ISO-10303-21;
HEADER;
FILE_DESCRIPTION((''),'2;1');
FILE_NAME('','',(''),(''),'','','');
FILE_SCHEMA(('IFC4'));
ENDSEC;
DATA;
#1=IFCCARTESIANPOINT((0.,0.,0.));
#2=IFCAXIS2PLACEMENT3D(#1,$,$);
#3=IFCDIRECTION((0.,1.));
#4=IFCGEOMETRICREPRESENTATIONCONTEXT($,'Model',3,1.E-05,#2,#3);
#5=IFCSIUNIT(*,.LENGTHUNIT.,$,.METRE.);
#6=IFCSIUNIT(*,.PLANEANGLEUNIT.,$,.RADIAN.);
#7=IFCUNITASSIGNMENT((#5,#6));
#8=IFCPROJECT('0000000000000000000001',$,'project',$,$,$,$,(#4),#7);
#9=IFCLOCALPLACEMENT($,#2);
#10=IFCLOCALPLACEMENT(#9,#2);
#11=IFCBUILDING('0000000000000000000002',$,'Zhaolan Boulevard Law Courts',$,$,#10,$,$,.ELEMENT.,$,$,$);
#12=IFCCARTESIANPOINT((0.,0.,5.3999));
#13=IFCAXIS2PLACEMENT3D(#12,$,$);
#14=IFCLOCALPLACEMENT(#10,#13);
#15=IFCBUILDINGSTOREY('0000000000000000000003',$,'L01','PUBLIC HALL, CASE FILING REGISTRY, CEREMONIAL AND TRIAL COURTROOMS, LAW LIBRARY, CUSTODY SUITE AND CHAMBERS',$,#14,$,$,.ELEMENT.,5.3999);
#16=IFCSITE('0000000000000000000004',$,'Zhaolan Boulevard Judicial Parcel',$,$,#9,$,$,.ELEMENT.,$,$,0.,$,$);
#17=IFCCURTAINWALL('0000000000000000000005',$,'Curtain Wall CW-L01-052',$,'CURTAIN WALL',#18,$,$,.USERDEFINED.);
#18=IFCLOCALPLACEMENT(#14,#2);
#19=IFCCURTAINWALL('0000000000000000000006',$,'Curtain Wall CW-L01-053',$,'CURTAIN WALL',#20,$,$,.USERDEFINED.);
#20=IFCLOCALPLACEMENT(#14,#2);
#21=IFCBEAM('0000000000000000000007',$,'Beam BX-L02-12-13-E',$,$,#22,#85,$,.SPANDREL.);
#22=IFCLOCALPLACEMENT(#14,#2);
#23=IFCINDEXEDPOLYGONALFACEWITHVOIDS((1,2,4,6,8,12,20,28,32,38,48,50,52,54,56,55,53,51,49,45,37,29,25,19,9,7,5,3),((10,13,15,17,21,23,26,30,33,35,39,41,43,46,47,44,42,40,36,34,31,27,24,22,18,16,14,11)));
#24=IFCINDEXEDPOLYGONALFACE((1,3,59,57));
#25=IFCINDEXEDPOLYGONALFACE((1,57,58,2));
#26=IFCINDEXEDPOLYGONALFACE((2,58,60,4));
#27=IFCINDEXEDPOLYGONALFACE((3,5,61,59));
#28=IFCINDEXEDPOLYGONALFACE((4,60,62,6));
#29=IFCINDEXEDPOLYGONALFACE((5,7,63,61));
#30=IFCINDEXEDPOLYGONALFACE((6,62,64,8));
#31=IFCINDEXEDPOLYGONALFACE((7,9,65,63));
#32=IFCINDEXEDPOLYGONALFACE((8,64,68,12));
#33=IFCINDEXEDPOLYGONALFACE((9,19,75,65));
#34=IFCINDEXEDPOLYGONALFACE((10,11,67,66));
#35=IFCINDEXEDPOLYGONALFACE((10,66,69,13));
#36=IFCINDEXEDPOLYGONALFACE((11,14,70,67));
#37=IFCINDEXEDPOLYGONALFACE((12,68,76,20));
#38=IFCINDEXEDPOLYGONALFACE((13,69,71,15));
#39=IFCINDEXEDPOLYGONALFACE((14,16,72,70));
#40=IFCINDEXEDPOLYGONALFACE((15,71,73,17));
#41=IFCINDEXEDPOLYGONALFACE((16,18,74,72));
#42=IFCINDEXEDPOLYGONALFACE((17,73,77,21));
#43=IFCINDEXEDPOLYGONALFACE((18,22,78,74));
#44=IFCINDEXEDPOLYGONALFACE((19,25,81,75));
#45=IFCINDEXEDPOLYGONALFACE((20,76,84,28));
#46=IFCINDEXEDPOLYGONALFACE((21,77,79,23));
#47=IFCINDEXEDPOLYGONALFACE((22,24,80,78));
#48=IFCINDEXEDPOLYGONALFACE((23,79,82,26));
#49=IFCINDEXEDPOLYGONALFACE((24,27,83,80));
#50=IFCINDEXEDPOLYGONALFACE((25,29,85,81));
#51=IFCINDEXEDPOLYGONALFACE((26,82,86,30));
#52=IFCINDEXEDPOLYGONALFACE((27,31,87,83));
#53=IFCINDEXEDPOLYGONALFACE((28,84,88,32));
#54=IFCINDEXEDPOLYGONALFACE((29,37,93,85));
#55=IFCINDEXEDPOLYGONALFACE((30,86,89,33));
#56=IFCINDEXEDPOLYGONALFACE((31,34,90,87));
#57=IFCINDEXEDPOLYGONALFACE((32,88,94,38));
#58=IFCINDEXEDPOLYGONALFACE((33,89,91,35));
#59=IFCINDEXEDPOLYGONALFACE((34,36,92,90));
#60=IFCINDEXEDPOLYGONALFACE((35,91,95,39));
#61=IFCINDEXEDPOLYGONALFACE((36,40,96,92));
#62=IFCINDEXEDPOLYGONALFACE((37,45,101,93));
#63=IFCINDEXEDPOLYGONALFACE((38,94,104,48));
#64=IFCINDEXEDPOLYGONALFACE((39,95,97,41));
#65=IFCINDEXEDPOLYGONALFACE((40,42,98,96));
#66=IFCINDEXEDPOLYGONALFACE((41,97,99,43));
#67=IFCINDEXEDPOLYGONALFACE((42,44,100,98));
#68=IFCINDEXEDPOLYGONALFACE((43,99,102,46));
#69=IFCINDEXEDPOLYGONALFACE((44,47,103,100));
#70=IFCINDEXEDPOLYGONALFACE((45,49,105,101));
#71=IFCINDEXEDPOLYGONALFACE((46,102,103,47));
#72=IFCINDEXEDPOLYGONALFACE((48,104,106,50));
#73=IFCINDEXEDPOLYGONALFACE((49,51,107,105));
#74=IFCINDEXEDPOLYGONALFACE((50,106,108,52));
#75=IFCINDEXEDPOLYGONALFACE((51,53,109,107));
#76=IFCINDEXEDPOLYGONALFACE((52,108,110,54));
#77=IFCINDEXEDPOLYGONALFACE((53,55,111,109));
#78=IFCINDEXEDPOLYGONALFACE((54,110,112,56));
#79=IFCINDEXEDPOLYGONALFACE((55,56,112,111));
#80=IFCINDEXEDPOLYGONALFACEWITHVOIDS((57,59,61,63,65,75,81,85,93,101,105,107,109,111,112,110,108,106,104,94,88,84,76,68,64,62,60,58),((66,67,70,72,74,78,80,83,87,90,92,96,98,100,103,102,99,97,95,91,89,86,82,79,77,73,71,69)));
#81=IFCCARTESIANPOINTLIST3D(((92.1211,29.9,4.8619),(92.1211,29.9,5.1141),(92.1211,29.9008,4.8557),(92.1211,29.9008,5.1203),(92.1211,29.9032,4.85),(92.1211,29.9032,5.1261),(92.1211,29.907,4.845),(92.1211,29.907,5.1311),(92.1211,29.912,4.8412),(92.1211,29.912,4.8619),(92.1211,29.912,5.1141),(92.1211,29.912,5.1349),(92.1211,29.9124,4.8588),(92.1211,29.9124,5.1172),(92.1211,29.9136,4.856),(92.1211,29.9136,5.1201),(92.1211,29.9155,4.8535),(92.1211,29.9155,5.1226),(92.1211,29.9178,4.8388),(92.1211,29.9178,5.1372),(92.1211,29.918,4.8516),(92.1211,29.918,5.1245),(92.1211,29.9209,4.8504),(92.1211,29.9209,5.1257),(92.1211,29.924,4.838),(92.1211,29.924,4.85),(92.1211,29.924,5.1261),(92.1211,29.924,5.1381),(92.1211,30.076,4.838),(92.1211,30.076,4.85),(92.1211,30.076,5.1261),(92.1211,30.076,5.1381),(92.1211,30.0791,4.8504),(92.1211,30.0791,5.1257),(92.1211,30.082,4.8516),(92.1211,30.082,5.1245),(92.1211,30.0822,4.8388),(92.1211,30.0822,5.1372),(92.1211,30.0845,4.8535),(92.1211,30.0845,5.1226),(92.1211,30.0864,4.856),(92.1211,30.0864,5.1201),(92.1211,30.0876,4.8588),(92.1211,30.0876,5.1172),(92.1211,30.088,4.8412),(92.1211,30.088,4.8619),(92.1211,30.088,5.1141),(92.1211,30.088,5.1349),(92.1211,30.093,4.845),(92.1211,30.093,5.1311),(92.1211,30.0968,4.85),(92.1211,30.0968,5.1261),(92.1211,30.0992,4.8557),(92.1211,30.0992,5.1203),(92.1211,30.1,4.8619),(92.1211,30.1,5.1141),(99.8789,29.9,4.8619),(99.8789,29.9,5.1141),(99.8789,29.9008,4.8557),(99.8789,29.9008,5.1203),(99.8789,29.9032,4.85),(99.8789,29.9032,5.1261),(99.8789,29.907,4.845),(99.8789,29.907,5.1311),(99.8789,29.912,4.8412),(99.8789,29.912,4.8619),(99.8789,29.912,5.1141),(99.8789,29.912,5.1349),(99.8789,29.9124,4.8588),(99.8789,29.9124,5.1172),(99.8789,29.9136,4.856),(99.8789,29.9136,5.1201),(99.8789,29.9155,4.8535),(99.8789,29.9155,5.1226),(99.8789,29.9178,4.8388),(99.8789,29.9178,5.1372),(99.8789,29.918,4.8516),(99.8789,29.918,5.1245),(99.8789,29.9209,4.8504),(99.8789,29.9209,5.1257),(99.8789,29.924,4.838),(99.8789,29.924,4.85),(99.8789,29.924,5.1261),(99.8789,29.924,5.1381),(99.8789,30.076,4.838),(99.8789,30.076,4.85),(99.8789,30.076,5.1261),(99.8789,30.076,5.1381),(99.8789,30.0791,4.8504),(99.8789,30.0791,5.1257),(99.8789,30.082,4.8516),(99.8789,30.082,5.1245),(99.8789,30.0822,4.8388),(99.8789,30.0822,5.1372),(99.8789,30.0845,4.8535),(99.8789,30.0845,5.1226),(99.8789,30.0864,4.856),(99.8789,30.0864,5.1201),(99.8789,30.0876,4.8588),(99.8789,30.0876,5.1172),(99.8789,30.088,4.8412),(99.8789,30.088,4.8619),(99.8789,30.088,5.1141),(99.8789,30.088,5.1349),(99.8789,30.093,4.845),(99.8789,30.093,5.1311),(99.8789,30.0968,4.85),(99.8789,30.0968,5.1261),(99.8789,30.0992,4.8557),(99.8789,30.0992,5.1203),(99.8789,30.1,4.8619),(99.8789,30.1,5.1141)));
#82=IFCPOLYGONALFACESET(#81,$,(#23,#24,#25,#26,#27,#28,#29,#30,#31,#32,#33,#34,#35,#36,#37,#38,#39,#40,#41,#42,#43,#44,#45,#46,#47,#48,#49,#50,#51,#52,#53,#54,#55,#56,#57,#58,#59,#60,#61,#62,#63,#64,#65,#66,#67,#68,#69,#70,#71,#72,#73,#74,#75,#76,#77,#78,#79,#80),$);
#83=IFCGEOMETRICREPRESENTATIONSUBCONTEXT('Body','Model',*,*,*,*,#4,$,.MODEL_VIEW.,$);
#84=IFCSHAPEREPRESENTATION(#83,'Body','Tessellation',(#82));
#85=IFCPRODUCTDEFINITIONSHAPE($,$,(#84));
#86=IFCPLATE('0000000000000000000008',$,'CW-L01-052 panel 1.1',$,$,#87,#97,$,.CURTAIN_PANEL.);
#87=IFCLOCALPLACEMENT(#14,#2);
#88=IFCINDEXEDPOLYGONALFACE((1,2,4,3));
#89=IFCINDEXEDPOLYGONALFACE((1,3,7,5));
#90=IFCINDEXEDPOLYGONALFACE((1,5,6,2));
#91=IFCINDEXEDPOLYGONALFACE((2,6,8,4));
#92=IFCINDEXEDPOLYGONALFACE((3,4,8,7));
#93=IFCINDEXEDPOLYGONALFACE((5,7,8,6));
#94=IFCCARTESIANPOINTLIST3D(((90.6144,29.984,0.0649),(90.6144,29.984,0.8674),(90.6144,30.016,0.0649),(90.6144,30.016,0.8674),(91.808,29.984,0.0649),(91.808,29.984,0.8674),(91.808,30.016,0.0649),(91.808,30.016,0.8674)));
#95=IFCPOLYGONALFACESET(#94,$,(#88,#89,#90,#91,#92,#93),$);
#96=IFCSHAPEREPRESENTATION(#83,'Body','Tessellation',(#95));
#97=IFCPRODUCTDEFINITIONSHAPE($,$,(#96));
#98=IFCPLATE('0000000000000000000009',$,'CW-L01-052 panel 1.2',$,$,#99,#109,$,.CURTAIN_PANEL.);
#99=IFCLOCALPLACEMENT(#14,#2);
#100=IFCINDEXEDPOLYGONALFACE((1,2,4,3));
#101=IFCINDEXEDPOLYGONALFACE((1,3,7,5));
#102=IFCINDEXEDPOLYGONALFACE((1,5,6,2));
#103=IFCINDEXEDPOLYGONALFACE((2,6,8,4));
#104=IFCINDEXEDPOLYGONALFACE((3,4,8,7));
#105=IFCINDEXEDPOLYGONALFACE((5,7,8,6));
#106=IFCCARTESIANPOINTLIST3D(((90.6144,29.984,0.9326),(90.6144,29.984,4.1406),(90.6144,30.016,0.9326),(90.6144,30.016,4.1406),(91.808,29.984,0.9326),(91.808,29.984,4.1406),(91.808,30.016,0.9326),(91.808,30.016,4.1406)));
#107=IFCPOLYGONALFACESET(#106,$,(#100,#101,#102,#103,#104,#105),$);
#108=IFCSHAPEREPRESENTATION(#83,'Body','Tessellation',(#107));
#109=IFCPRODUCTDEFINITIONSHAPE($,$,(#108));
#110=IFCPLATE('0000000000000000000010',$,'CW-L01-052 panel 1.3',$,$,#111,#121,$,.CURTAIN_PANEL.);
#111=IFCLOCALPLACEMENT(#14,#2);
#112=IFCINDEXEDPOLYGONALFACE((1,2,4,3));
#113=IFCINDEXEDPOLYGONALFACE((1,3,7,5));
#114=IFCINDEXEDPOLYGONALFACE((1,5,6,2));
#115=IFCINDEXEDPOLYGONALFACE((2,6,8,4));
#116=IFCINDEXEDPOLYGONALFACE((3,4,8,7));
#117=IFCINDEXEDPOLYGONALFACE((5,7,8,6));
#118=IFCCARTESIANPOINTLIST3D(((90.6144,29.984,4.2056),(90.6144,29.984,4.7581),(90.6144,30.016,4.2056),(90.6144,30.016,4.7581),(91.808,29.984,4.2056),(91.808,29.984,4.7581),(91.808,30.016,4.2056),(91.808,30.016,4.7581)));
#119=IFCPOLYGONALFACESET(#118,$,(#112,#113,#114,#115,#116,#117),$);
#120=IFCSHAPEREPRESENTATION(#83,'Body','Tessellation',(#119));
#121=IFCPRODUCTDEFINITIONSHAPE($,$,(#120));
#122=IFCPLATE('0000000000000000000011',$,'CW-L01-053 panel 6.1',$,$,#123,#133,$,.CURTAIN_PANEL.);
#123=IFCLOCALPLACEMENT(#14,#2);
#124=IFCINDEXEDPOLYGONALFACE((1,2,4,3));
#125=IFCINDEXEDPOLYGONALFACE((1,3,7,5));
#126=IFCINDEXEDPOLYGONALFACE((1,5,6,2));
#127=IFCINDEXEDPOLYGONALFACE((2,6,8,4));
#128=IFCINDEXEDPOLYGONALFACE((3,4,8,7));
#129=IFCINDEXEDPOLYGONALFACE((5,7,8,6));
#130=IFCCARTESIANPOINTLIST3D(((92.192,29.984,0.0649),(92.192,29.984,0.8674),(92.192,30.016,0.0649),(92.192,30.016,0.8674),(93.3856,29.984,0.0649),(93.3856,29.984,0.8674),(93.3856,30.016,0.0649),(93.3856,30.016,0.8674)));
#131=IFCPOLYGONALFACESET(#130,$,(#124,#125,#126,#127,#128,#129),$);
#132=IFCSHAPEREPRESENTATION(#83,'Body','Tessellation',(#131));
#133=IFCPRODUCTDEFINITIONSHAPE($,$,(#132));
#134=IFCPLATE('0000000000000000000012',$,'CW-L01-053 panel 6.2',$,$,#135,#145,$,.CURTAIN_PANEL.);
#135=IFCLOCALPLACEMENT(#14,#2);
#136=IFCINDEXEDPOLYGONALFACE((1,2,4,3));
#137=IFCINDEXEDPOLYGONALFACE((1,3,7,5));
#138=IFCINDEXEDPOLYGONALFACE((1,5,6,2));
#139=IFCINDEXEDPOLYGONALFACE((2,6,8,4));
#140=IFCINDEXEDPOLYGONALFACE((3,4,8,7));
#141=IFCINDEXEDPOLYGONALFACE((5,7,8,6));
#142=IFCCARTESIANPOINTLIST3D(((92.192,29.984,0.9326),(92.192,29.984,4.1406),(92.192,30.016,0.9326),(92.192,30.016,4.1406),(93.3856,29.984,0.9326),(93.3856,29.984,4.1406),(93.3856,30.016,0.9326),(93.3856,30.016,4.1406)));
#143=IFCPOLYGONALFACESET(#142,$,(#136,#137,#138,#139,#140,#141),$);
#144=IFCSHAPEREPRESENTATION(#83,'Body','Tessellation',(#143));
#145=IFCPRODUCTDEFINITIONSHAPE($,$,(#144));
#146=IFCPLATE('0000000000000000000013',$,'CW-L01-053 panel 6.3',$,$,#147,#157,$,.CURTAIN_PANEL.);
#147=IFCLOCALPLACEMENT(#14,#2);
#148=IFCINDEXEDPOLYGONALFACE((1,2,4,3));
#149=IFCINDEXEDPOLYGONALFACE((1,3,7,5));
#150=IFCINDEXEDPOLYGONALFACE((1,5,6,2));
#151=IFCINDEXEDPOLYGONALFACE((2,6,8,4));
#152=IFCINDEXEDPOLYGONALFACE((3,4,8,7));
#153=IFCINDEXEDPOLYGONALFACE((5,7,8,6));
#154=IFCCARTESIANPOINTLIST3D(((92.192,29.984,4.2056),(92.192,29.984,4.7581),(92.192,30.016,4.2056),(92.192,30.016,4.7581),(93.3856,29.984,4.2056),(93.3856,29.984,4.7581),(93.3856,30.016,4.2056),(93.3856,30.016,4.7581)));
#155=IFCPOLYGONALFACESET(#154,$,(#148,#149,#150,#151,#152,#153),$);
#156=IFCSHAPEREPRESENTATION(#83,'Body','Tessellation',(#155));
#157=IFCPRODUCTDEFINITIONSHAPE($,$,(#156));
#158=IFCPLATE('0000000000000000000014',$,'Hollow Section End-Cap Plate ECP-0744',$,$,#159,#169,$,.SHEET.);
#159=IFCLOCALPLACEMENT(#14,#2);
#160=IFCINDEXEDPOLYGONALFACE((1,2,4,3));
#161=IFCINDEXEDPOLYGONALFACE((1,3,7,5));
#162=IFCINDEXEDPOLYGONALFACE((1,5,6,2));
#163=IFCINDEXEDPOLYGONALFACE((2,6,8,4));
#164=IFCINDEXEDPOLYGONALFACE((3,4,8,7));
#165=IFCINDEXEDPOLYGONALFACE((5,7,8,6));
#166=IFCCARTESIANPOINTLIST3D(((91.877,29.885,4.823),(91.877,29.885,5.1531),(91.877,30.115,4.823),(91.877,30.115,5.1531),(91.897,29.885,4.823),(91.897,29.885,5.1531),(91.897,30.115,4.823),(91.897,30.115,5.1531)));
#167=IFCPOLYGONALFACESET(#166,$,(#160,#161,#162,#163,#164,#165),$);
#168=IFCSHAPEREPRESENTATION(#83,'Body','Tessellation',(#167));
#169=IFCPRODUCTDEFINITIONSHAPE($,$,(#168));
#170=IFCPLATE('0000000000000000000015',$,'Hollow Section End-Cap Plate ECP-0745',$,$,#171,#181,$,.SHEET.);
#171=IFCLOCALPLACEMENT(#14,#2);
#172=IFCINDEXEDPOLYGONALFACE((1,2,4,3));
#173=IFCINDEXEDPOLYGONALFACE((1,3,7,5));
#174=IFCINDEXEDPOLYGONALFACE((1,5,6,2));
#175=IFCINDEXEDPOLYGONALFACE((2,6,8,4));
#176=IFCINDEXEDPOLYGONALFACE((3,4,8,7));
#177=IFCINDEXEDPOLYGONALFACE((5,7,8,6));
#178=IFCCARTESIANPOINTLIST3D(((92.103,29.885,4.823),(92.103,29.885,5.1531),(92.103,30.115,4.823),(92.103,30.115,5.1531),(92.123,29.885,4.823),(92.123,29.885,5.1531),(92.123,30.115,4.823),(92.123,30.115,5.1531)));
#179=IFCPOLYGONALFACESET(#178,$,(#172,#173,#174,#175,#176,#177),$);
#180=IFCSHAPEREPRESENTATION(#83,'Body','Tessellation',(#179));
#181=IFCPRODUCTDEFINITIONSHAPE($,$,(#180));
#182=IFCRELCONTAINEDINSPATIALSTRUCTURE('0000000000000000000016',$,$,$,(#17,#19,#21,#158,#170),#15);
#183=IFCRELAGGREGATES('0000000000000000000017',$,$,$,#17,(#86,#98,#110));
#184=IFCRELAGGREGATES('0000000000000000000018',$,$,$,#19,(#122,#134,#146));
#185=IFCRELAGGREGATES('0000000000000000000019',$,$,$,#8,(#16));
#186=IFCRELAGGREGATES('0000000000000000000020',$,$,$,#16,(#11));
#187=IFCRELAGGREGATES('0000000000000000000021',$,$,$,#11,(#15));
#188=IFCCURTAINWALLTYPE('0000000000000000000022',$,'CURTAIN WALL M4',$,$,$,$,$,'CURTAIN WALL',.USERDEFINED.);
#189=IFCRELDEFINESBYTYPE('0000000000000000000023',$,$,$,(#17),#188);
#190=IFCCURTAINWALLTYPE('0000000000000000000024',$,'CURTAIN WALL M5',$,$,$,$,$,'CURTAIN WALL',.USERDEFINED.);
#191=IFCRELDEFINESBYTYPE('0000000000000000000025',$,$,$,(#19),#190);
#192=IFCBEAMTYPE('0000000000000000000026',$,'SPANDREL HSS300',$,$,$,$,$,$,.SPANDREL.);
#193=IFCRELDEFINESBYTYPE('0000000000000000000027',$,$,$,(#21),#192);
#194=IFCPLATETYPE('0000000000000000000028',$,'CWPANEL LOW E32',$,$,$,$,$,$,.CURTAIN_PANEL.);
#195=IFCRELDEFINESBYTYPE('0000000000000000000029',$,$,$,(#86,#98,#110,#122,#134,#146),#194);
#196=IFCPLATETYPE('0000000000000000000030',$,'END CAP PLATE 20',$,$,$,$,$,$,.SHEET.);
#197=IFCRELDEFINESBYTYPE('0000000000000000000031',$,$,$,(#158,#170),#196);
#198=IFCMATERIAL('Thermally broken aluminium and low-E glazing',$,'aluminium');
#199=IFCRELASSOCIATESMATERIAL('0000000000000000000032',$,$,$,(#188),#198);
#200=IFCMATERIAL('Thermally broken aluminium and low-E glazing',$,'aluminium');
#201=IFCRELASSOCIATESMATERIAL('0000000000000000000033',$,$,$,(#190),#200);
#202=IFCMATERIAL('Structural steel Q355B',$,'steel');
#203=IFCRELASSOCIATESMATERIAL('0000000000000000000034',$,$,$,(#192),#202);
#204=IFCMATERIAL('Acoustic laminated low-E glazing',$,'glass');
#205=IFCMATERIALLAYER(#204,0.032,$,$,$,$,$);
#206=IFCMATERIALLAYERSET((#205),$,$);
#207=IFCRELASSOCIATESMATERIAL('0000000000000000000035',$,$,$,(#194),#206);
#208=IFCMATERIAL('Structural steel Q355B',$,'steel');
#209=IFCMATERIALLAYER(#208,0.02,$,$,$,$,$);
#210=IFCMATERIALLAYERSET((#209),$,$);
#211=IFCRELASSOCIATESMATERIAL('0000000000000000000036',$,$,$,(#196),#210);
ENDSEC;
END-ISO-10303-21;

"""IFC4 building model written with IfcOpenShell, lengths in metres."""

from ifc_helpers import new_model, si_unit, direction, frame, origin, origin_2d, place, context, subcontext, project, spatial, rectangle, hollow_rectangle, extrude, material, layer, layer_set, material_profile, profile_set, type_object, element, aggregate, save


model = new_model("IFC4")

# Units and contexts
model_context = context("Model", 3, precision=1e-05, world=origin(), true_north=direction((0.0, 1.0)))
body_context = subcontext(model_context, "Body", "Model", "MODEL_VIEW")
ifc_project = project(units=[si_unit("LENGTHUNIT", "METRE"), si_unit("PLANEANGLEUNIT", "RADIAN")], contexts=[model_context])

# Site, building, storey
site_placement = place(None, origin())
site = spatial("IfcSite", under=ifc_project, at=site_placement, Name="Zhaolan Boulevard Judicial Parcel", CompositionType="ELEMENT", RefElevation=0.0)
building_placement = place(site_placement, origin())
building = spatial("IfcBuilding", under=site, at=building_placement, Name="Zhaolan Boulevard Law Courts", CompositionType="ELEMENT")
storey_placement = place(building_placement, frame((0.0, 0.0, 5.3999)))
storey = spatial("IfcBuildingStorey", under=building, at=storey_placement, Name="L01", Description="PUBLIC HALL, CASE FILING REGISTRY, CEREMONIAL AND TRIAL COURTROOMS, LAW LIBRARY, CUSTODY SUITE AND CHAMBERS", CompositionType="ELEMENT", Elevation=5.3999)

# Curtain wall
ifc_material_1 = material(Name="Thermally broken aluminium and low-E glazing", Category="aluminium")
curtain_wall_type_1 = type_object("IfcCurtainWallType", Name="CURTAIN WALL M4", ElementType="CURTAIN WALL", PredefinedType="USERDEFINED", material=ifc_material_1)
curtain_wall_1_placement = place(storey_placement, origin())
curtain_wall_1 = element("IfcCurtainWall", 1, at=curtain_wall_1_placement, inside=storey, type_object=curtain_wall_type_1, Name="Curtain Wall CW-L01-052", ObjectType="CURTAIN WALL", PredefinedType="USERDEFINED")

# Curtain wall
ifc_material_2 = material(Name="Thermally broken aluminium and low-E glazing", Category="aluminium")
curtain_wall_type_2 = type_object("IfcCurtainWallType", Name="CURTAIN WALL M5", ElementType="CURTAIN WALL", PredefinedType="USERDEFINED", material=ifc_material_2)
curtain_wall_2_placement = place(storey_placement, origin())
curtain_wall_2 = element("IfcCurtainWall", 2, at=curtain_wall_2_placement, inside=storey, type_object=curtain_wall_type_2, Name="Curtain Wall CW-L01-053", ObjectType="CURTAIN WALL", PredefinedType="USERDEFINED")

# Beam
ifc_material_3 = material(Name="Structural steel Q355B", Category="steel")
ifc_material_profile_1 = material_profile(ifc_material_3, hollow_rectangle(XDim=0.2, YDim=0.3, WallThickness=0.012, InnerFilletRadius=0.012, OuterFilletRadius=0.0239, at=origin_2d()), Name="HSS300x200x12")
ifc_profile_set_1 = profile_set([ifc_material_profile_1], Name="Structural steel Q355B")
beam_type = type_object("IfcBeamType", Name="SPANDREL HSS300", PredefinedType="SPANDREL", material=ifc_profile_set_1)
beam_placement = place(storey_placement, frame((92.1211, 30.0, 4.988), z_axis=(1.0, 0.0, 0.0), x_axis=(0.0, 1.0, 0.0)))
element("IfcBeam", 3, at=beam_placement, inside=storey, type_object=beam_type, Name="Beam BX-L02-12-13-E", PredefinedType="SPANDREL", context=body_context, shape_type="SweptSolid", body=[
    extrude(hollow_rectangle(XDim=0.2, YDim=0.3, WallThickness=0.012, InnerFilletRadius=0.012, OuterFilletRadius=0.0239, at=origin_2d()), origin(), (0.0, 0.0, 1.0), 7.7578),
])

# Plates
ifc_material_4 = material(Name="Acoustic laminated low-E glazing", Category="glass")
ifc_layer_1 = layer(ifc_material_4, 0.032)
ifc_layer_set_1 = layer_set([ifc_layer_1])
plate_type_1 = type_object("IfcPlateType", Name="CWPANEL LOW E32", PredefinedType="CURTAIN_PANEL", material=ifc_layer_set_1)
plate_1_placement = place(storey_placement, frame((91.2112, 30.0, 0.0649), z_axis=(0.0, 0.0, 1.0), x_axis=(-1.0, 0.0, 0.0)))
plate_1 = element("IfcPlate", 4, at=plate_1_placement, type_object=plate_type_1, Name="CW-L01-052 panel 1.1", PredefinedType="CURTAIN_PANEL", context=body_context, shape_type="SweptSolid", body=[
    extrude(rectangle(XDim=1.1936, YDim=0.032, at=origin_2d()), origin(), (0.0, 0.0, 1.0), 0.8025),
])
plate_2_placement = place(storey_placement, frame((91.2112, 30.0, 0.9326), z_axis=(0.0, 0.0, 1.0), x_axis=(-1.0, 0.0, 0.0)))
plate_2 = element("IfcPlate", 5, at=plate_2_placement, type_object=plate_type_1, Name="CW-L01-052 panel 1.2", PredefinedType="CURTAIN_PANEL", context=body_context, shape_type="SweptSolid", body=[
    extrude(rectangle(XDim=1.1936, YDim=0.032, at=origin_2d()), origin(), (0.0, 0.0, 1.0), 3.208),
])
plate_3_placement = place(storey_placement, frame((91.2112, 30.0, 4.2056), z_axis=(0.0, 0.0, 1.0), x_axis=(-1.0, 0.0, 0.0)))
plate_3 = element("IfcPlate", 6, at=plate_3_placement, type_object=plate_type_1, Name="CW-L01-052 panel 1.3", PredefinedType="CURTAIN_PANEL", context=body_context, shape_type="SweptSolid", body=[
    extrude(rectangle(XDim=1.1936, YDim=0.032, at=origin_2d()), origin(), (0.0, 0.0, 1.0), 0.5525),
])
aggregate(curtain_wall_1, [plate_1, plate_2, plate_3])
plate_4_placement = place(storey_placement, frame((92.7888, 30.0, 0.0649), z_axis=(0.0, 0.0, 1.0), x_axis=(-1.0, 0.0, 0.0)))
plate_4 = element("IfcPlate", 7, at=plate_4_placement, type_object=plate_type_1, Name="CW-L01-053 panel 6.1", PredefinedType="CURTAIN_PANEL", context=body_context, shape_type="SweptSolid", body=[
    extrude(rectangle(XDim=1.1936, YDim=0.032, at=origin_2d()), origin(), (0.0, 0.0, 1.0), 0.8025),
])
plate_5_placement = place(storey_placement, frame((92.7888, 30.0, 0.9326), z_axis=(0.0, 0.0, 1.0), x_axis=(-1.0, 0.0, 0.0)))
plate_5 = element("IfcPlate", 8, at=plate_5_placement, type_object=plate_type_1, Name="CW-L01-053 panel 6.2", PredefinedType="CURTAIN_PANEL", context=body_context, shape_type="SweptSolid", body=[
    extrude(rectangle(XDim=1.1936, YDim=0.032, at=origin_2d()), origin(), (0.0, 0.0, 1.0), 3.208),
])
plate_6_placement = place(storey_placement, frame((92.7888, 30.0, 4.2056), z_axis=(0.0, 0.0, 1.0), x_axis=(-1.0, 0.0, 0.0)))
plate_6 = element("IfcPlate", 9, at=plate_6_placement, type_object=plate_type_1, Name="CW-L01-053 panel 6.3", PredefinedType="CURTAIN_PANEL", context=body_context, shape_type="SweptSolid", body=[
    extrude(rectangle(XDim=1.1936, YDim=0.032, at=origin_2d()), origin(), (0.0, 0.0, 1.0), 0.5525),
])
aggregate(curtain_wall_2, [plate_4, plate_5, plate_6])

# Plates
ifc_material_5 = material(Name="Structural steel Q355B", Category="steel")
ifc_layer_2 = layer(ifc_material_5, 0.02)
ifc_layer_set_2 = layer_set([ifc_layer_2])
plate_type_2 = type_object("IfcPlateType", Name="END CAP PLATE 20", PredefinedType="SHEET", material=ifc_layer_set_2)
for number, where, z_axis, x_axis, name in (
    (10, (91.887, 30.0, 4.823), (0.0, 0.0, 1.0), (1.0, 0.0, 0.0), "Hollow Section End-Cap Plate ECP-0744"),
    (11, (92.113, 30.0, 4.823), (0.0, 0.0, 1.0), (1.0, 0.0, 0.0), "Hollow Section End-Cap Plate ECP-0745"),
):
    element("IfcPlate", number, at=place(storey_placement, frame(where, z_axis=z_axis, x_axis=x_axis)), inside=storey, type_object=plate_type_2, Name=name, PredefinedType="SHEET", context=body_context, shape_type="SweptSolid", body=[
        extrude(rectangle(XDim=0.02, YDim=0.23, at=origin_2d()), origin(), (0.0, 0.0, 1.0), 0.3301),
    ])

save(model, "model.ifc")
